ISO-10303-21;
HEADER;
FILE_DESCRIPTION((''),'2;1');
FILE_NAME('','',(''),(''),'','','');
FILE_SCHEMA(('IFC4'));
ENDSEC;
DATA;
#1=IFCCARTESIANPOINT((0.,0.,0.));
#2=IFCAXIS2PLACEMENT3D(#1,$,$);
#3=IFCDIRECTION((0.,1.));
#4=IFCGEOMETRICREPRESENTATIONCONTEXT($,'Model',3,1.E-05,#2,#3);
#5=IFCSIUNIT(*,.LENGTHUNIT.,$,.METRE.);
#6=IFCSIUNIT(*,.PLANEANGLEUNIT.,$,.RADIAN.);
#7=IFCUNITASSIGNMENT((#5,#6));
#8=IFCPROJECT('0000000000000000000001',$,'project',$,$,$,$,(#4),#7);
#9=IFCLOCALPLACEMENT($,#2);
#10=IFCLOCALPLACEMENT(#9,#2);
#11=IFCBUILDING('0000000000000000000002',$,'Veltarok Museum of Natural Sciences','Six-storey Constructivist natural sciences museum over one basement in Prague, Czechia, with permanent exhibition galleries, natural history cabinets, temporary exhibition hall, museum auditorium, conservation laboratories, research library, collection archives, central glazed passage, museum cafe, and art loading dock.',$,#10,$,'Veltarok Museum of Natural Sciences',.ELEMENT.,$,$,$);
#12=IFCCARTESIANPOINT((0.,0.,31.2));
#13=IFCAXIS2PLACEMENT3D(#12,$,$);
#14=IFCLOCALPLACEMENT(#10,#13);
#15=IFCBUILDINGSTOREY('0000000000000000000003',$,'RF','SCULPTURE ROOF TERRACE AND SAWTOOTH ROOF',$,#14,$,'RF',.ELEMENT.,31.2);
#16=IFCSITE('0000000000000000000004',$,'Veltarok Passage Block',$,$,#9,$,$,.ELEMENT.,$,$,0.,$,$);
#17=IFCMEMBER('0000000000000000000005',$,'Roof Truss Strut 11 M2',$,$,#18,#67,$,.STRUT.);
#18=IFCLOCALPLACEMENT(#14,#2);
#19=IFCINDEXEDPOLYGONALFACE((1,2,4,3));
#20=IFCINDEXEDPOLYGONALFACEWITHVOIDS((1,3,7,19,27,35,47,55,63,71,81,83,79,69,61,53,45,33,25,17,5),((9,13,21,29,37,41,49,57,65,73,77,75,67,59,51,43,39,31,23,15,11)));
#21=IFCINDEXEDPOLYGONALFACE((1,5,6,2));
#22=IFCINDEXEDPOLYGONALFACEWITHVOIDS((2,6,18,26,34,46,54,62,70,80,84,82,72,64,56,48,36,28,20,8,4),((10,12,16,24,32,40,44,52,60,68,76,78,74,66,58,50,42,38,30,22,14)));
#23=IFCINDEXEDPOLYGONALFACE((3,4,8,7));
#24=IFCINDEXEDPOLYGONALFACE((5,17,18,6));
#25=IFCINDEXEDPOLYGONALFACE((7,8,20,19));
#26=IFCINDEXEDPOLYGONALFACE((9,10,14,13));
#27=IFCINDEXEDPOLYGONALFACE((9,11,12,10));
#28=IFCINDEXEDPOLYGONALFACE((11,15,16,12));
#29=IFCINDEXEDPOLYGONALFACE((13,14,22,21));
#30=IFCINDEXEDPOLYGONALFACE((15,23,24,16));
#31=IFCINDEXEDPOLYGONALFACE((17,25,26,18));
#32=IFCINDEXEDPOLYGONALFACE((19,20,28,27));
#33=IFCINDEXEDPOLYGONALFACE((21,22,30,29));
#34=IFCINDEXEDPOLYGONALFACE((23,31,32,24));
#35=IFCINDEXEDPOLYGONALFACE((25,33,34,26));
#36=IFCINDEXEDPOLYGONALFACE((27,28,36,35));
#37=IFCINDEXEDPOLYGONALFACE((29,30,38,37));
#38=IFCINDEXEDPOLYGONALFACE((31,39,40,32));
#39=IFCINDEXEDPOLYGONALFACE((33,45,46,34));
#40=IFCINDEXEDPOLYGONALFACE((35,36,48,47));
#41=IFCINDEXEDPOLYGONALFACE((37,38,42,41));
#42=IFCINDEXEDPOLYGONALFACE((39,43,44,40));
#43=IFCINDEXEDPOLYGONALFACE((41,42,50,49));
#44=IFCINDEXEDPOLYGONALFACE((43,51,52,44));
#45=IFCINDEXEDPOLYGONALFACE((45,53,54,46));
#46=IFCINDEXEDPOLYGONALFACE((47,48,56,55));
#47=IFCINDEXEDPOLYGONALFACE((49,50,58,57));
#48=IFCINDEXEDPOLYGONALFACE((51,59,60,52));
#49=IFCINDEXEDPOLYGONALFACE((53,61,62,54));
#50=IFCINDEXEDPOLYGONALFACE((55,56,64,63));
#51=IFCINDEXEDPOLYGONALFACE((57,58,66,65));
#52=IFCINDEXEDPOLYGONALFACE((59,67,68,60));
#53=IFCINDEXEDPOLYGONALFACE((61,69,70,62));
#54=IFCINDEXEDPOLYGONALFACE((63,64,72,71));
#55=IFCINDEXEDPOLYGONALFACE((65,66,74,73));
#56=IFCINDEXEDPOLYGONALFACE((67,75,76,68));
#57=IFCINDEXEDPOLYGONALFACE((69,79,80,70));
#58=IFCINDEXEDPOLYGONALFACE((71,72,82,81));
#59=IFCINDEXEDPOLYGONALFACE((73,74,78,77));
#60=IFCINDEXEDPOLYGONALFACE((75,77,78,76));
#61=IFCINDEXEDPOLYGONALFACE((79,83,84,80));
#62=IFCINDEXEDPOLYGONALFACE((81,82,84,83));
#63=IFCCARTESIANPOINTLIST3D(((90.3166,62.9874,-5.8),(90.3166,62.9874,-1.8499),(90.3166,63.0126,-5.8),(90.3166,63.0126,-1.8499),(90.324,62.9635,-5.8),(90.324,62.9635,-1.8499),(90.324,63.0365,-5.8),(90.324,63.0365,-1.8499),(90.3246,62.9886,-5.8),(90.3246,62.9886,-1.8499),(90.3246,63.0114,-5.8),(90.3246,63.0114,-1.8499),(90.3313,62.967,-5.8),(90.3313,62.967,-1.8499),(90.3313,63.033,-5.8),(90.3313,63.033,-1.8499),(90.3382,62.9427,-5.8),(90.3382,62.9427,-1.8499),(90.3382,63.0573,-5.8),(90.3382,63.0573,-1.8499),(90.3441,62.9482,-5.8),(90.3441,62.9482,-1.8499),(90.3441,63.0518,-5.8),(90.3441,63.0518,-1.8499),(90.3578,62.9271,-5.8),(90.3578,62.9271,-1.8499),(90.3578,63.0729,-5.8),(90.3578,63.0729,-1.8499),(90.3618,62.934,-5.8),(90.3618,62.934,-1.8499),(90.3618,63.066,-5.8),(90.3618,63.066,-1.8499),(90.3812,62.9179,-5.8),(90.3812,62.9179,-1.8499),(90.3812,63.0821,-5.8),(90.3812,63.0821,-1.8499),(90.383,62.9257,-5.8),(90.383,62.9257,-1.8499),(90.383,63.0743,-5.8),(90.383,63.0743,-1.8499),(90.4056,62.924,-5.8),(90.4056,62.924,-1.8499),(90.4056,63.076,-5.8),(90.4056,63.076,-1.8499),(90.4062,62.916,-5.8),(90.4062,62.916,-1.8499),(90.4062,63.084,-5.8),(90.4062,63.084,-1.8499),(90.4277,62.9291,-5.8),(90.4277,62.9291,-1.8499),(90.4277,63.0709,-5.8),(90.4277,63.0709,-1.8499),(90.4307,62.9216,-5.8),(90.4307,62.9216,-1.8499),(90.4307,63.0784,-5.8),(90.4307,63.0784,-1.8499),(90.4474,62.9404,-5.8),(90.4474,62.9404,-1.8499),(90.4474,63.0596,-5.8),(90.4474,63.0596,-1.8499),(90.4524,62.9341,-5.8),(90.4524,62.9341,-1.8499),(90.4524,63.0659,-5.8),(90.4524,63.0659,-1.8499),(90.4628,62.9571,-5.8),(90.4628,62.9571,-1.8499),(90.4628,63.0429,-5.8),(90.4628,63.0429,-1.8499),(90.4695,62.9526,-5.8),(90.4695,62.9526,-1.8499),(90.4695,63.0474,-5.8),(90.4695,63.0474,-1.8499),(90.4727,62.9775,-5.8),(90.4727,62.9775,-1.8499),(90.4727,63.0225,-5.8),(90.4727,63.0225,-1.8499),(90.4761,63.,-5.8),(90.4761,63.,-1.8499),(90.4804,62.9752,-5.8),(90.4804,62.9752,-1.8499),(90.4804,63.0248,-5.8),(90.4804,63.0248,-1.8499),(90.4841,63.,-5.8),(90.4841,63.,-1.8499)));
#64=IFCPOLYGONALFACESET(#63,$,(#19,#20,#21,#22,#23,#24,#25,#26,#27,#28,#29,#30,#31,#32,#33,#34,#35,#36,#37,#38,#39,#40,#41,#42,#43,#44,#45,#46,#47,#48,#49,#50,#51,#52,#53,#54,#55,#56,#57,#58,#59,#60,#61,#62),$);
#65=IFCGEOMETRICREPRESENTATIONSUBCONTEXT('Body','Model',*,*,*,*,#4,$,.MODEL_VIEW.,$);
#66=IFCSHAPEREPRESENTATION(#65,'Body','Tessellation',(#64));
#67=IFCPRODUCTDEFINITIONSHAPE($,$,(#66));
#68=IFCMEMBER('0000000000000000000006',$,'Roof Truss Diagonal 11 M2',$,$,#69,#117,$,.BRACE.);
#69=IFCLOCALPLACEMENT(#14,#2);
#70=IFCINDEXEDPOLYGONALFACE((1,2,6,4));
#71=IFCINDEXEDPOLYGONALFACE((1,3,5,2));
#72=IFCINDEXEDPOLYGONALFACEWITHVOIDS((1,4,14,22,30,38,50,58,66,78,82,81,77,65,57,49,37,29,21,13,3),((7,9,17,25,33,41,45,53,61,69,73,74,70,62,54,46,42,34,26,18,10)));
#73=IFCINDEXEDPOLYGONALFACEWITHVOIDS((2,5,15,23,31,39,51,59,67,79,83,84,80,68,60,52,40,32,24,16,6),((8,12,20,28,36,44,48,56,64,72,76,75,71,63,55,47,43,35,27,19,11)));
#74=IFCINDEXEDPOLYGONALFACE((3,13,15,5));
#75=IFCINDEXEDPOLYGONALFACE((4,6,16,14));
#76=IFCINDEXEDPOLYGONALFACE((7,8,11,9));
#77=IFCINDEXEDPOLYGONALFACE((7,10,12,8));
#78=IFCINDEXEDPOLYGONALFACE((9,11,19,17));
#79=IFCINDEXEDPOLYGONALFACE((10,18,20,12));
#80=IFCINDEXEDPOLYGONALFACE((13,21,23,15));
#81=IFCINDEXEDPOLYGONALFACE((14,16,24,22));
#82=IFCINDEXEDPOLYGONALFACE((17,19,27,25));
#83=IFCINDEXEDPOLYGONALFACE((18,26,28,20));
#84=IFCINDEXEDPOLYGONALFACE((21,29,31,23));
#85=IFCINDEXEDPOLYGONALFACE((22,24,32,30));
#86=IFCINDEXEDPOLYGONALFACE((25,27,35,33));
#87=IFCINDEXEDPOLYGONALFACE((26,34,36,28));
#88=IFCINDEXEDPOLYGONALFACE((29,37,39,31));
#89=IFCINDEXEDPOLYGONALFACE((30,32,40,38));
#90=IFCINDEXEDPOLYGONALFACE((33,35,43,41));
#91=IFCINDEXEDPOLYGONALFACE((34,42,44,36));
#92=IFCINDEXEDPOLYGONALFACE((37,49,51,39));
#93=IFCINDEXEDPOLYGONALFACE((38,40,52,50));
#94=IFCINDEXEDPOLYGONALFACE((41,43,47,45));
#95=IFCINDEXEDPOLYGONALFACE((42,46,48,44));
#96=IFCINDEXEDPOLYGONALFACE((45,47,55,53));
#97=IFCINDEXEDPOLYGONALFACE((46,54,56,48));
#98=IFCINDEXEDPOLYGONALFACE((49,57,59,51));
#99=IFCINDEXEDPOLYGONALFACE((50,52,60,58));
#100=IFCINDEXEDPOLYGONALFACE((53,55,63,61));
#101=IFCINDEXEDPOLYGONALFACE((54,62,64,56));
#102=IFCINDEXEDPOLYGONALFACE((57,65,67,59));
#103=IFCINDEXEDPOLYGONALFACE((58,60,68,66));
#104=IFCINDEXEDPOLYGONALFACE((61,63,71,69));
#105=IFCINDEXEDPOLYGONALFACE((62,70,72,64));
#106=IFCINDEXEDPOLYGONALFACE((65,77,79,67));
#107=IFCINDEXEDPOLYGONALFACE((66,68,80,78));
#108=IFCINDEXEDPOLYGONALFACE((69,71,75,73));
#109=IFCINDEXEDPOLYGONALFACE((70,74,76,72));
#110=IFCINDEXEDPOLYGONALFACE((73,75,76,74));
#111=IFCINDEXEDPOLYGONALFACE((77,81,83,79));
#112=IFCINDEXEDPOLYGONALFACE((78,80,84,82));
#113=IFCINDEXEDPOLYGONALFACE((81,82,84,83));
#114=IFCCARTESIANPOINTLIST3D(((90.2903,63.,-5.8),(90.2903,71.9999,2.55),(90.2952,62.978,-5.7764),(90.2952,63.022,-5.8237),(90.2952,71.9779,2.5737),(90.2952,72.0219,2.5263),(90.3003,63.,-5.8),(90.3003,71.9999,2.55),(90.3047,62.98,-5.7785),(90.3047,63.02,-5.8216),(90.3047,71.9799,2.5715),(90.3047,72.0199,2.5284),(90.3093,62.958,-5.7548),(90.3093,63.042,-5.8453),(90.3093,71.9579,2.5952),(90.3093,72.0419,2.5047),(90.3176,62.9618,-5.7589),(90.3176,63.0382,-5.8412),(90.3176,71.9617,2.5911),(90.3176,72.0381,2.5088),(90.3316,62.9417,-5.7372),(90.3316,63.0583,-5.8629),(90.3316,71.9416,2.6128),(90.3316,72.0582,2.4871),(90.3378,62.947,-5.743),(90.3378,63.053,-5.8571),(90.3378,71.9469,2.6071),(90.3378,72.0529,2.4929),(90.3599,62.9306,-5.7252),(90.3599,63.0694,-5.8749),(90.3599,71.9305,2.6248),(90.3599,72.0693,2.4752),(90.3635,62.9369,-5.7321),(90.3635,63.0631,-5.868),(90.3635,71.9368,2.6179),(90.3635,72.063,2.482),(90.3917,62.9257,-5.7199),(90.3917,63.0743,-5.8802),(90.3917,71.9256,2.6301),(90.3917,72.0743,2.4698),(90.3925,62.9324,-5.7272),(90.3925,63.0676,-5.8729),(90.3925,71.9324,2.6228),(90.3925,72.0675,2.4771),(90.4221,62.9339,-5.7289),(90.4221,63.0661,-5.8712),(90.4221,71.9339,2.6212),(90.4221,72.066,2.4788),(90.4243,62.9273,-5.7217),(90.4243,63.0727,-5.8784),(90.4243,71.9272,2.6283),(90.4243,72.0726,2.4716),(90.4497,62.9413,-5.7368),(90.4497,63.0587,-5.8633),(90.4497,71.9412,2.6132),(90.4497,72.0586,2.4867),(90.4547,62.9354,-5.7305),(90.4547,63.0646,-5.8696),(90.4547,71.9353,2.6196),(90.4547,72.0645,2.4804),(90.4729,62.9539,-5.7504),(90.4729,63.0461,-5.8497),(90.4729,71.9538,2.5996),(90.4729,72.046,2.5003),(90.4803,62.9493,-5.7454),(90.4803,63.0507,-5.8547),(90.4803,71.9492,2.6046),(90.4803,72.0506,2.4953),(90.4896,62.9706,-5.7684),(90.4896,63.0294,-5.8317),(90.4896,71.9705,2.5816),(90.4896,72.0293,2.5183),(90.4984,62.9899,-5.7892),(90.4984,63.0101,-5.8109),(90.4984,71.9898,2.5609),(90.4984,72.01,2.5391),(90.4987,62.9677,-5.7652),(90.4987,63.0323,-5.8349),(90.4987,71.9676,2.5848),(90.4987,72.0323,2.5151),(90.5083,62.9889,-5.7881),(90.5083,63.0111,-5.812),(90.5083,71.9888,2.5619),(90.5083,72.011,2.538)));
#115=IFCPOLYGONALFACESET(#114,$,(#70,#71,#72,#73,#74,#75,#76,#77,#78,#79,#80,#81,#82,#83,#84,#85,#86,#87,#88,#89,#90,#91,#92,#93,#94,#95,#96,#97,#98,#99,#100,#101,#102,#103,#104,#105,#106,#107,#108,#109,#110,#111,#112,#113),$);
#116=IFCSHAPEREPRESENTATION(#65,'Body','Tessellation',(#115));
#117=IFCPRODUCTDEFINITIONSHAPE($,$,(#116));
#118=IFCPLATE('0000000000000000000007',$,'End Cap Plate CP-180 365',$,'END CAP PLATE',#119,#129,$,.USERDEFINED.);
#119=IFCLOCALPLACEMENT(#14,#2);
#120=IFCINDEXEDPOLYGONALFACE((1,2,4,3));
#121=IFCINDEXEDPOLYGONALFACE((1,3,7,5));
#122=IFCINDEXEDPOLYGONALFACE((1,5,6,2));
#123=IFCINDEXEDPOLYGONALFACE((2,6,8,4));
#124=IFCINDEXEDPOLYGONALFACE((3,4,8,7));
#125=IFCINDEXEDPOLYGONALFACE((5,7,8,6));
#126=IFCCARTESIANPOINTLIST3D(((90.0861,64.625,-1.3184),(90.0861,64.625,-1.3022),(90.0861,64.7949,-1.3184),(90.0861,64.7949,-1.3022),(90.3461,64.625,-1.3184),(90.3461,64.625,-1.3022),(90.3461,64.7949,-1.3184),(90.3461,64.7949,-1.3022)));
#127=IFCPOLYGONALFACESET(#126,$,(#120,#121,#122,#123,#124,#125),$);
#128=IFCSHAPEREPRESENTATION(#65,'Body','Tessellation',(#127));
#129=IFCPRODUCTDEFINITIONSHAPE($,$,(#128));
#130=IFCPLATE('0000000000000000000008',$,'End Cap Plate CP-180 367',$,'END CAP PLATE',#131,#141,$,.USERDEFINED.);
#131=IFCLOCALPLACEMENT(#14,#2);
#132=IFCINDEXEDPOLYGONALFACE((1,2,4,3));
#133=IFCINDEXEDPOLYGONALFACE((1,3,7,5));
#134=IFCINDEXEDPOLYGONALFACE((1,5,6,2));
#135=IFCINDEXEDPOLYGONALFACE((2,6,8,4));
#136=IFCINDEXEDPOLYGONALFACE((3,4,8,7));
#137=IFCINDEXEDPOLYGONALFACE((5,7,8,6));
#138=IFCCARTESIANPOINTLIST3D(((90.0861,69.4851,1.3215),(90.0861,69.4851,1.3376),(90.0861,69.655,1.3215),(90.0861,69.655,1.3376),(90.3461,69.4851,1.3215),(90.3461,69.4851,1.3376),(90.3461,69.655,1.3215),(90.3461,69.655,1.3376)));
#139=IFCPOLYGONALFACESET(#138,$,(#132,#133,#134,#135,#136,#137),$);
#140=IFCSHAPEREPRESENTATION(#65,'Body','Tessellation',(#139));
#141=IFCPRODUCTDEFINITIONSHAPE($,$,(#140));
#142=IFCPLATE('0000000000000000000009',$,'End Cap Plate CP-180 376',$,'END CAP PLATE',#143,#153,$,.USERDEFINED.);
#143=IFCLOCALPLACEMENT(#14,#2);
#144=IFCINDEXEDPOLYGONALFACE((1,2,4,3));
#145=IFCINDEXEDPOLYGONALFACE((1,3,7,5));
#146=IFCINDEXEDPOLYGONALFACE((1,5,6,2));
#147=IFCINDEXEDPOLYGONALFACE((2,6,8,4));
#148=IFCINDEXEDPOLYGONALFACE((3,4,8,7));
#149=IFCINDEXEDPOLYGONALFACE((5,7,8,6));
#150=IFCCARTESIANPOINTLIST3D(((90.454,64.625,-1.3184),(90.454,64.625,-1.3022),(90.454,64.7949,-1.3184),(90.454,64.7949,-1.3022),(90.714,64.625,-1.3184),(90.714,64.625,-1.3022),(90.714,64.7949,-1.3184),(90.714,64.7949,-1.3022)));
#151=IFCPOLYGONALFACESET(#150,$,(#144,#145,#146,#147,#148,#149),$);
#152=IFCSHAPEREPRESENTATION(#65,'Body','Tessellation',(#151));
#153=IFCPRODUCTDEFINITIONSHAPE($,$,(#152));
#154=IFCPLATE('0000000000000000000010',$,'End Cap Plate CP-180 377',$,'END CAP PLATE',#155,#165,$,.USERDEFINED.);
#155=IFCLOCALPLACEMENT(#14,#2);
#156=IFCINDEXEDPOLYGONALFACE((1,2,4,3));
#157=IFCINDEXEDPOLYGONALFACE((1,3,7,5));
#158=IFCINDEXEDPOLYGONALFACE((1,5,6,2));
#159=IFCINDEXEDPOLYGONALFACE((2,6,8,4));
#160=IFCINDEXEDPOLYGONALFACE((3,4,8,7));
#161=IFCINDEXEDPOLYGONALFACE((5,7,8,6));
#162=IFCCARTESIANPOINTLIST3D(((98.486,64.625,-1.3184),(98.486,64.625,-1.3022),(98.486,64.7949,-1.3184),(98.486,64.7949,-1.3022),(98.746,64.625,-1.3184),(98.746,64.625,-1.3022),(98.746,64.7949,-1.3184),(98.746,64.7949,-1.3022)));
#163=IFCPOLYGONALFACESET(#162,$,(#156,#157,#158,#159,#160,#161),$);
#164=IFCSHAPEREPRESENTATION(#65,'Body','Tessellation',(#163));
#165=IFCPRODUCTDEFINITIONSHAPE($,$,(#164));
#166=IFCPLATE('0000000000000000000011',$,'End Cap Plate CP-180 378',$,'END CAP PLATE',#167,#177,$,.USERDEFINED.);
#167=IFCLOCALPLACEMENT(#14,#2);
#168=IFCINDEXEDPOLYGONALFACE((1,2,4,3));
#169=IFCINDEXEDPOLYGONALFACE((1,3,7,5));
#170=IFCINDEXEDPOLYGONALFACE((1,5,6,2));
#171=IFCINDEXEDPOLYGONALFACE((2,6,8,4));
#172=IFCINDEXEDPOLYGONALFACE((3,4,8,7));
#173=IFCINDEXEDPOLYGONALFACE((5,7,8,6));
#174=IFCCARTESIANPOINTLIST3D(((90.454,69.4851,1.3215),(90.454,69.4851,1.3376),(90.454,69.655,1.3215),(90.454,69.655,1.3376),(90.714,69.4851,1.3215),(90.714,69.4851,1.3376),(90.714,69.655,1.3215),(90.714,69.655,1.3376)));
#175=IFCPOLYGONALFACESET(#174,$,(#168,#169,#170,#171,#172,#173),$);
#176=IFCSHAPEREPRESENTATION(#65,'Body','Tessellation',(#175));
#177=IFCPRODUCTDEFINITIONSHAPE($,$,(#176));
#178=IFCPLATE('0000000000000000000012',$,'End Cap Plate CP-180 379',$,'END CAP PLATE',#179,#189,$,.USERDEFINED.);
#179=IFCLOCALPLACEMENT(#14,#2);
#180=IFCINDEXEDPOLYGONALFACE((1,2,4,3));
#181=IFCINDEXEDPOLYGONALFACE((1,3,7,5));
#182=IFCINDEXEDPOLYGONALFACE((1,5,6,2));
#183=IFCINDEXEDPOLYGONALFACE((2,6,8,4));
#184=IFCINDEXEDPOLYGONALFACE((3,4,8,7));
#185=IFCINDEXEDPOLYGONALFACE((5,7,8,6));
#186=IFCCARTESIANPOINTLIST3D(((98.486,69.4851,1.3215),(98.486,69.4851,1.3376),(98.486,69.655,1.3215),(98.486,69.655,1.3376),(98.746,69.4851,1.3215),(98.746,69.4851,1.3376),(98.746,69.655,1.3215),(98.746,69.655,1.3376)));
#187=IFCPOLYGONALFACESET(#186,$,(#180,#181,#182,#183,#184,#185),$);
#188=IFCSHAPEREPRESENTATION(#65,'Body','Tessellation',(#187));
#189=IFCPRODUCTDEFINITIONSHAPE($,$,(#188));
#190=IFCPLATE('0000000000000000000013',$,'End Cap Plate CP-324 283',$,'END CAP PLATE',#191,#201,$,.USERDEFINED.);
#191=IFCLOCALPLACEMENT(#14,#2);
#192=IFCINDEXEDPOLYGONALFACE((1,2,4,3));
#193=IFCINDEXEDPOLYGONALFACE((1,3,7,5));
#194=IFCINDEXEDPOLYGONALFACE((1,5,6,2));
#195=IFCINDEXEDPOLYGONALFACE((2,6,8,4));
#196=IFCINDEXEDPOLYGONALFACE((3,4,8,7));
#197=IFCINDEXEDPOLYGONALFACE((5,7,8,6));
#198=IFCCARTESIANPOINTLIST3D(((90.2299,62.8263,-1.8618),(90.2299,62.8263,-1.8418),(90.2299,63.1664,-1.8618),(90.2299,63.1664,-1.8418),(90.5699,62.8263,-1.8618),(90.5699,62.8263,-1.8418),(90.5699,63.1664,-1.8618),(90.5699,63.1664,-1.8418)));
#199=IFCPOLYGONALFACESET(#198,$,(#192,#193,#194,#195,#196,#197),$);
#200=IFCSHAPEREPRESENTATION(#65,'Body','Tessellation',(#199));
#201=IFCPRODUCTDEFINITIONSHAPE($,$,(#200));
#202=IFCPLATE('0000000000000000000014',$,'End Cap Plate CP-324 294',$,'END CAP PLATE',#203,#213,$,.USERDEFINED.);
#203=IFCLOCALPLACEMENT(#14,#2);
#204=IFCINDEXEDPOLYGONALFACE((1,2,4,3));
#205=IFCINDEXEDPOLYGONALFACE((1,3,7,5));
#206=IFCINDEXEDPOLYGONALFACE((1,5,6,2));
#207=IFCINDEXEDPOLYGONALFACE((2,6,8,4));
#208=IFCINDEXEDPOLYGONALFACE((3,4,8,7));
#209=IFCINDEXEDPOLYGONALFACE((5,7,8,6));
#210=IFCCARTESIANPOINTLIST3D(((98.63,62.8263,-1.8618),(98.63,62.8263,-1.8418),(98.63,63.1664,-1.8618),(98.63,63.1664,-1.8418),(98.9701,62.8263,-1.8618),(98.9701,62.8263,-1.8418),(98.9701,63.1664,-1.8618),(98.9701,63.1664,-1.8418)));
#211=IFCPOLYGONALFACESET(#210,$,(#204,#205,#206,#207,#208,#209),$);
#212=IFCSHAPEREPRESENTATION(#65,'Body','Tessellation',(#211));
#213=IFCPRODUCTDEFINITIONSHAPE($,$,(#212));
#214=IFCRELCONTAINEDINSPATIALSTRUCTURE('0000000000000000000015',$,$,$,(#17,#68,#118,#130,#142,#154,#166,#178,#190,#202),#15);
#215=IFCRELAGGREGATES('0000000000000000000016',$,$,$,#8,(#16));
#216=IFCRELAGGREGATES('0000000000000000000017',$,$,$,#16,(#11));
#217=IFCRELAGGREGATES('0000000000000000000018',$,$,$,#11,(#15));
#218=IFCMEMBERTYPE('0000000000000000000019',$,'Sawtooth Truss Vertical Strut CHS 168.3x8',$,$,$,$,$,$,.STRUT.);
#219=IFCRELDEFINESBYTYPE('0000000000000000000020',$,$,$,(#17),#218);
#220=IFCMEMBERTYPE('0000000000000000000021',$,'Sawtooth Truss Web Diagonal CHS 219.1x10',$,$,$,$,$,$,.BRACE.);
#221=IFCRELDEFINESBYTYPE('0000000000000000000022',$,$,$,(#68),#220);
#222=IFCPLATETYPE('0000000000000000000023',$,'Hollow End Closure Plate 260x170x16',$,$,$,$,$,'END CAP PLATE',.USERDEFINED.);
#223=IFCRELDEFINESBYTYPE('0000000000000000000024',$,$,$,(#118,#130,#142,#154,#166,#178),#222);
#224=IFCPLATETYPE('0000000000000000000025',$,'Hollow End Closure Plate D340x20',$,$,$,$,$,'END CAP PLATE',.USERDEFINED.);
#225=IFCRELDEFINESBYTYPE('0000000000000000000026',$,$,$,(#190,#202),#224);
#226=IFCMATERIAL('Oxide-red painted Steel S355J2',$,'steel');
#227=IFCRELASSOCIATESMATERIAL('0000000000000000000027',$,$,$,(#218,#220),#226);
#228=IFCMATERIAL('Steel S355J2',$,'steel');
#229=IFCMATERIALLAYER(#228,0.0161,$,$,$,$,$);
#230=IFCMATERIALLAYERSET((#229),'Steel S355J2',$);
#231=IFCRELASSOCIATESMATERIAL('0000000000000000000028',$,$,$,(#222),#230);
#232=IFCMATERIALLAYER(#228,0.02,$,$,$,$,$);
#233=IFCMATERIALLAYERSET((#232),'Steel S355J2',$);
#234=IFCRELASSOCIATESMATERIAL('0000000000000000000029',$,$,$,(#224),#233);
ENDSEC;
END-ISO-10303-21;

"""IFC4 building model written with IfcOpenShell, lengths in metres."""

from ifc_helpers import new_model, si_unit, direction, frame, origin, origin_2d, place, context, subcontext, project, spatial, rectangle, hollow_circle, extrude, material, layer, layer_set, material_profile, profile_set, type_object, element, save


model = new_model("IFC4")

# Units and contexts
model_context = context("Model", 3, precision=1e-05, world=origin(), true_north=direction((0.0, 1.0)))
body_context = subcontext(model_context, "Body", "Model", "MODEL_VIEW")
ifc_project = project(units=[si_unit("LENGTHUNIT", "METRE"), si_unit("PLANEANGLEUNIT", "RADIAN")], contexts=[model_context])

# Site, building, storey
site_placement = place(None, origin())
site = spatial("IfcSite", under=ifc_project, at=site_placement, Name="Veltarok Passage Block", CompositionType="ELEMENT", RefElevation=0.0)
building_placement = place(site_placement, origin())
building = spatial("IfcBuilding", under=site, at=building_placement, Name="Veltarok Museum of Natural Sciences", Description="Six-storey Constructivist natural sciences museum over one basement in Prague, Czechia, with permanent exhibition galleries, natural history cabinets, temporary exhibition hall, museum auditorium, conservation laboratories, research library, collection archives, central glazed passage, museum cafe, and art loading dock.", LongName="Veltarok Museum of Natural Sciences", CompositionType="ELEMENT")
storey_placement = place(building_placement, frame((0.0, 0.0, 31.2)))
storey = spatial("IfcBuildingStorey", under=building, at=storey_placement, Name="RF", Description="SCULPTURE ROOF TERRACE AND SAWTOOTH ROOF", LongName="RF", CompositionType="ELEMENT", Elevation=31.2)

# Members
ifc_material_1 = material(Name="Oxide-red painted Steel S355J2", Category="steel")
ifc_material_2 = material(Name="Steel S355J2", Category="steel")
ifc_material_profile_1 = material_profile(ifc_material_1, hollow_circle(Radius=0.0842, WallThickness=0.0081, at=origin_2d()), Name="CHS 168.3x8")
ifc_profile_set_1 = profile_set([ifc_material_profile_1], Name="Oxide-red painted Steel S355J2")
member_type_1 = type_object("IfcMemberType", Name="Sawtooth Truss Vertical Strut CHS 168.3x8", PredefinedType="STRUT", material=ifc_profile_set_1)
member_1_placement = place(storey_placement, frame((90.3999, 63.0, -5.8), z_axis=(0.0, 0.0, 1.0), x_axis=(1.0, 0.0, 0.0)))
element("IfcMember", 1, at=member_1_placement, inside=storey, type_object=member_type_1, Name="Roof Truss Strut 11 M2", PredefinedType="STRUT", context=body_context, shape_type="SweptSolid", body=[
    extrude(hollow_circle(Radius=0.0842, WallThickness=0.0081, at=origin_2d()), origin(), (0.0, 0.0, 1.0), 3.9502),
])
ifc_material_profile_2 = material_profile(ifc_material_1, hollow_circle(Radius=0.1096, WallThickness=0.01, at=origin_2d()), Name="CHS 219.1x10")
ifc_profile_set_2 = profile_set([ifc_material_profile_2], Name="Oxide-red painted Steel S355J2")
member_type_2 = type_object("IfcMemberType", Name="Sawtooth Truss Web Diagonal CHS 219.1x10", PredefinedType="BRACE", material=ifc_profile_set_2)
member_2_placement = place(storey_placement, frame((90.3999, 63.0, -5.8), z_axis=(0.0, 0.73308, 0.680143), x_axis=(-1.0, 0.0, 0.0)))
element("IfcMember", 2, at=member_2_placement, inside=storey, type_object=member_type_2, Name="Roof Truss Diagonal 11 M2", PredefinedType="BRACE", context=body_context, shape_type="SweptSolid", body=[
    extrude(hollow_circle(Radius=0.1096, WallThickness=0.01, at=origin_2d()), origin(), (0.0, 0.0, 1.0), 12.2769),
])

# Plates
ifc_layer_1 = layer(ifc_material_2, 0.0161)
ifc_layer_set_1 = layer_set([ifc_layer_1], Name="Steel S355J2")
plate_type_1 = type_object("IfcPlateType", Name="Hollow End Closure Plate 260x170x16", ElementType="END CAP PLATE", PredefinedType="USERDEFINED", material=ifc_layer_set_1)
for number, where, z_axis, x_axis, name in (
    (3, (90.2161, 64.71, -1.3184), (0.0, 0.0, 1.0), (1.0, 0.0, 0.0), "End Cap Plate CP-180 365"),
    (4, (90.2161, 69.5701, 1.3215), (0.0, 0.0, 1.0), (1.0, 0.0, 0.0), "End Cap Plate CP-180 367"),
    (5, (90.584, 64.71, -1.3184), (0.0, 0.0, 1.0), (1.0, 0.0, 0.0), "End Cap Plate CP-180 376"),
    (6, (98.616, 64.71, -1.3184), (0.0, 0.0, 1.0), (1.0, 0.0, 0.0), "End Cap Plate CP-180 377"),
    (7, (90.584, 69.5701, 1.3215), (0.0, 0.0, 1.0), (1.0, 0.0, 0.0), "End Cap Plate CP-180 378"),
    (8, (98.616, 69.5701, 1.3215), (0.0, 0.0, 1.0), (1.0, 0.0, 0.0), "End Cap Plate CP-180 379"),
):
    element("IfcPlate", number, at=place(storey_placement, frame(where, z_axis=z_axis, x_axis=x_axis)), inside=storey, type_object=plate_type_1, Name=name, ObjectType="END CAP PLATE", PredefinedType="USERDEFINED", context=body_context, shape_type="SweptSolid", body=[
        extrude(rectangle(XDim=0.26, YDim=0.1699, at=origin_2d()), origin(), (0.0, 0.0, 1.0), 0.0161),
    ])
ifc_layer_2 = layer(ifc_material_2, 0.02)
ifc_layer_set_2 = layer_set([ifc_layer_2], Name="Steel S355J2")
plate_type_2 = type_object("IfcPlateType", Name="Hollow End Closure Plate D340x20", ElementType="END CAP PLATE", PredefinedType="USERDEFINED", material=ifc_layer_set_2)
for number, where, z_axis, x_axis, name in (
    (9, (90.3999, 62.9963, -1.8618), (0.0, 0.0, 1.0), (0.0, 1.0, 0.0), "End Cap Plate CP-324 283"),
    (10, (98.8, 62.9963, -1.8618), (0.0, 0.0, 1.0), (0.0, 1.0, 0.0), "End Cap Plate CP-324 294"),
):
    element("IfcPlate", number, at=place(storey_placement, frame(where, z_axis=z_axis, x_axis=x_axis)), inside=storey, type_object=plate_type_2, Name=name, ObjectType="END CAP PLATE", PredefinedType="USERDEFINED", context=body_context, shape_type="SweptSolid", body=[
        extrude(rectangle(XDim=0.3401, YDim=0.3401, at=origin_2d()), origin(), (0.0, 0.0, 1.0), 0.02),
    ])

save(model, "model.ifc")
